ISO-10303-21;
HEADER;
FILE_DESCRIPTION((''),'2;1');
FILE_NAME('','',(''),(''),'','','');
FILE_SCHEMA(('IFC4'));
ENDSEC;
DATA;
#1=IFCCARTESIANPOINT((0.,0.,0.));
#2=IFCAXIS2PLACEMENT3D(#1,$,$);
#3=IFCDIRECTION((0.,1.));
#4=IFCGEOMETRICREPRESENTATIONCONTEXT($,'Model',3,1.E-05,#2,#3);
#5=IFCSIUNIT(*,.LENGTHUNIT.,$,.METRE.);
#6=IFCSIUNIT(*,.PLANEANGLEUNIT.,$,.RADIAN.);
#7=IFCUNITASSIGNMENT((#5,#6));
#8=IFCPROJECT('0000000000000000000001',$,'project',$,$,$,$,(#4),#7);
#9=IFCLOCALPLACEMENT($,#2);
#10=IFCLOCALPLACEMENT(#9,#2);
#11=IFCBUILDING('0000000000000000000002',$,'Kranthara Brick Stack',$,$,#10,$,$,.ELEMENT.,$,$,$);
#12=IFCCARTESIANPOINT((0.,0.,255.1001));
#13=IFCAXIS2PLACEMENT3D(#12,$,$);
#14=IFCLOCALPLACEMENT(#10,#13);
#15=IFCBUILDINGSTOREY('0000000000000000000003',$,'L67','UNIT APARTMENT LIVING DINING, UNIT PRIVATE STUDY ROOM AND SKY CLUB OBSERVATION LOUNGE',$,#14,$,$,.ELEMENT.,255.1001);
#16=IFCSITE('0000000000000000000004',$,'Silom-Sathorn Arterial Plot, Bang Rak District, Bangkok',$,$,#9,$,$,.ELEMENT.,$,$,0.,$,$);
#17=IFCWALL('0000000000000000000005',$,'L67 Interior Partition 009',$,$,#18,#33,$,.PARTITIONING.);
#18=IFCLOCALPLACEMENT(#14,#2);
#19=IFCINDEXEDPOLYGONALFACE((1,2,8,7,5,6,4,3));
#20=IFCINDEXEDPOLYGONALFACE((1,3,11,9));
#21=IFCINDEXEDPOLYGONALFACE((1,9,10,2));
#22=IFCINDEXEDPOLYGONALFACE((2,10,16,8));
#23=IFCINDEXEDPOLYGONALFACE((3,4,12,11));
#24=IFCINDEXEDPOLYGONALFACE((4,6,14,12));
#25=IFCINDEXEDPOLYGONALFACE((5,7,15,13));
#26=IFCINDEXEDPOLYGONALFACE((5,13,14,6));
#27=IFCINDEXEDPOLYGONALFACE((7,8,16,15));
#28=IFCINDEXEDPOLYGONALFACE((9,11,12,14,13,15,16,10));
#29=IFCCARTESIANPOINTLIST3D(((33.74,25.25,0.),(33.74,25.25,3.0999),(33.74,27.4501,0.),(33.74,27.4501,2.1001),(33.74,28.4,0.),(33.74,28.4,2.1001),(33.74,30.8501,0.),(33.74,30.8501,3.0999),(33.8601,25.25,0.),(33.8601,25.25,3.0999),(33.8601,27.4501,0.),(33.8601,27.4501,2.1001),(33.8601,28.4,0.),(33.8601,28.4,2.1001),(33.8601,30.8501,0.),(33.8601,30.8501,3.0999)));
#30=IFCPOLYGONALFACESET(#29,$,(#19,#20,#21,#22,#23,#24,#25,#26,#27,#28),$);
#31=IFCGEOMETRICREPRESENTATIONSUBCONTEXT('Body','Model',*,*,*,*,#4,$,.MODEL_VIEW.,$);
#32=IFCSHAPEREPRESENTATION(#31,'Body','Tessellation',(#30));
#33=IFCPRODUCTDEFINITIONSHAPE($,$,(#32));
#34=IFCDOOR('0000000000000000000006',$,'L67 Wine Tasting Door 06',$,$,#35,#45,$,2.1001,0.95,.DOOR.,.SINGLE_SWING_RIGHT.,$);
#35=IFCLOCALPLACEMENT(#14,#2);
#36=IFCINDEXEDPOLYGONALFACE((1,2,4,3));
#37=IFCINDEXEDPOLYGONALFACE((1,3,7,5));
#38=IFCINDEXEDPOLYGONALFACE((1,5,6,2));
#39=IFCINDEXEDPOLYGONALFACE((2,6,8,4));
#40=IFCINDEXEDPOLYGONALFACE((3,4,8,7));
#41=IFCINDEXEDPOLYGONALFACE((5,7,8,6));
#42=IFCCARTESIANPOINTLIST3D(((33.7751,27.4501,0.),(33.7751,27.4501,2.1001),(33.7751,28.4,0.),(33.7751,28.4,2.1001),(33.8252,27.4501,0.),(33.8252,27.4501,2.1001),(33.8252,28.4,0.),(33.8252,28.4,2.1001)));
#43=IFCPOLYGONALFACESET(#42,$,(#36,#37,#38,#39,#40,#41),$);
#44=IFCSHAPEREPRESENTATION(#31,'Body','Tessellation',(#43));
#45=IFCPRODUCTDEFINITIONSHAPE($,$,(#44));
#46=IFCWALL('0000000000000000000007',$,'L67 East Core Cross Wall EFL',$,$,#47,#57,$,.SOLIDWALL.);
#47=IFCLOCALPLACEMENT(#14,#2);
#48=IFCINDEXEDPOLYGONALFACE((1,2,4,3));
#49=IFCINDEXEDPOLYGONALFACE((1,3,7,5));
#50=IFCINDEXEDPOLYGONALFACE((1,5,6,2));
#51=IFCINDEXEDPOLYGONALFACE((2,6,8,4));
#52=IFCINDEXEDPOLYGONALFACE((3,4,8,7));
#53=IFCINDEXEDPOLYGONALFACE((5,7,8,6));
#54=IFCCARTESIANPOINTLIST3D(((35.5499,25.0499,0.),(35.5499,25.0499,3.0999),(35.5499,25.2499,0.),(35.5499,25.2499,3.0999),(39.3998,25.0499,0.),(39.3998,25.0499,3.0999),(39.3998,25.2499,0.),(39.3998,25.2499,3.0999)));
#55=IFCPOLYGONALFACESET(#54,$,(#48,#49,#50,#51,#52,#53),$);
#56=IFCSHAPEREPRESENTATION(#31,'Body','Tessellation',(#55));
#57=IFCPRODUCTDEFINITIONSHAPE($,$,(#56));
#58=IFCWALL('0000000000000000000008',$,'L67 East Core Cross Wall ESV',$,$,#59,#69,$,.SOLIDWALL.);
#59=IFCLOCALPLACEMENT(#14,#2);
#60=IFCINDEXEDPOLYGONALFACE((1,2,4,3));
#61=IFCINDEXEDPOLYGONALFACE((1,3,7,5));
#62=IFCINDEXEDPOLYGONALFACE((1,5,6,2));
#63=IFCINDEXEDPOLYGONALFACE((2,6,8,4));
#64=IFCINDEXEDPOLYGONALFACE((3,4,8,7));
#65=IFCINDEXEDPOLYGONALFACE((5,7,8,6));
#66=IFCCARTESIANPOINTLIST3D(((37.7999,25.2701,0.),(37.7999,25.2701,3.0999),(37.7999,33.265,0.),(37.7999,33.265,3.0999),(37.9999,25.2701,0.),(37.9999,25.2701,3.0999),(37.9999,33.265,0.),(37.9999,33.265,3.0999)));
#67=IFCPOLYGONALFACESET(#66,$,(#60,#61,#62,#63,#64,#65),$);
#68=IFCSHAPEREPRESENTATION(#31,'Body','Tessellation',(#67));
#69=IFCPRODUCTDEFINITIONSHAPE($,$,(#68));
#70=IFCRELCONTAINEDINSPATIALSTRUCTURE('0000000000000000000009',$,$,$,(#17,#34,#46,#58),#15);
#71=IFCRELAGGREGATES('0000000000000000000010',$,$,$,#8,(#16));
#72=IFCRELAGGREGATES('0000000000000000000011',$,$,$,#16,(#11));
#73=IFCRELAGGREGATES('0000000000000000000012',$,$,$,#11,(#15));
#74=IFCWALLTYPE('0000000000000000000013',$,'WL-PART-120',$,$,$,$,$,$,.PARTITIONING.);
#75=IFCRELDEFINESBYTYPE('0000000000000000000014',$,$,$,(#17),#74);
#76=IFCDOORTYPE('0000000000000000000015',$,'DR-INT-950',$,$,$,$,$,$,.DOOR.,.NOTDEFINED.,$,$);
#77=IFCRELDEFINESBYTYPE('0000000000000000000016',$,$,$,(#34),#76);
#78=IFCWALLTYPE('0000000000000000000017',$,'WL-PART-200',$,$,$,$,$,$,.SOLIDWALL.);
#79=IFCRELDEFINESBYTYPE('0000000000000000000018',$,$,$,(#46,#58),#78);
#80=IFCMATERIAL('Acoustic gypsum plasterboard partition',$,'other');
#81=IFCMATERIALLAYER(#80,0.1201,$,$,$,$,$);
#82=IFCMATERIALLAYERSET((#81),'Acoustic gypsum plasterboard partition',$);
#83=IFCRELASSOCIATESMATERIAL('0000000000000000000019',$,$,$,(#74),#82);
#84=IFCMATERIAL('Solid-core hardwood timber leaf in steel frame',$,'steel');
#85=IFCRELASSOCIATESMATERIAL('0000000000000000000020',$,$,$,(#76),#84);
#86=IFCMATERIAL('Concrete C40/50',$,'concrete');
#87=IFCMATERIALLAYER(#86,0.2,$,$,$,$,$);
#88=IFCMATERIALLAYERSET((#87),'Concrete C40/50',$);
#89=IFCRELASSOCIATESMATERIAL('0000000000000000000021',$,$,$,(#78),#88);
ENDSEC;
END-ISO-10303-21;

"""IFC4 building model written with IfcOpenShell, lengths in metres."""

from ifc_helpers import new_model, si_unit, direction, frame, frame_2d, origin, place, context, subcontext, project, spatial, rectangle, extrude, material, layer, layer_set, type_object, element, fill, save


model = new_model("IFC4")

# Units and contexts
model_context = context("Model", 3, precision=1e-05, world=origin(), true_north=direction((0.0, 1.0)))
body_context = subcontext(model_context, "Body", "Model", "MODEL_VIEW")
ifc_project = project(units=[si_unit("LENGTHUNIT", "METRE"), si_unit("PLANEANGLEUNIT", "RADIAN")], contexts=[model_context])

# Site, building, storey
site_placement = place(None, origin())
site = spatial("IfcSite", under=ifc_project, at=site_placement, Name="Silom-Sathorn Arterial Plot, Bang Rak District, Bangkok", CompositionType="ELEMENT", RefElevation=0.0)
building_placement = place(site_placement, origin())
building = spatial("IfcBuilding", under=site, at=building_placement, Name="Kranthara Brick Stack", CompositionType="ELEMENT")
storey_placement = place(building_placement, frame((0.0, 0.0, 255.1001)))
storey = spatial("IfcBuildingStorey", under=building, at=storey_placement, Name="L67", Description="UNIT APARTMENT LIVING DINING, UNIT PRIVATE STUDY ROOM AND SKY CLUB OBSERVATION LOUNGE", CompositionType="ELEMENT", Elevation=255.1001)

# Wall, opening, door
ifc_material_1 = material(Name="Acoustic gypsum plasterboard partition", Category="other")
ifc_layer_1 = layer(ifc_material_1, 0.1201)
ifc_layer_set_1 = layer_set([ifc_layer_1], Name="Acoustic gypsum plasterboard partition")
wall_type_1 = type_object("IfcWallType", Name="WL-PART-120", PredefinedType="PARTITIONING", material=ifc_layer_set_1)
wall_1_placement = place(storey_placement, frame((33.8, 25.25, 0.0), z_axis=(0.0, 0.0, 1.0), x_axis=(0.0, 1.0, 0.0)))
wall_1 = element("IfcWall", 1, at=wall_1_placement, inside=storey, type_object=wall_type_1, Name="L67 Interior Partition 009", PredefinedType="PARTITIONING", context=body_context, shape_type="SweptSolid", body=[
    extrude(rectangle(XDim=5.6001, YDim=0.1201, at=frame_2d((2.8, 0.0))), origin(), (0.0, 0.0, 1.0), 3.0999),
])
opening_1_placement = place(wall_1_placement, frame((2.2, 0.0, 0.0)))
opening_1 = element("IfcOpeningElement", 2, at=opening_1_placement, cuts=wall_1, PredefinedType="OPENING", context=body_context, shape_type="SweptSolid", body=[
    extrude(rectangle(XDim=0.95, YDim=2.1001, at=frame_2d((0.4751, 1.05))), frame((0.0, 0.0701, 0.0), z_axis=(0.0, -1.0, 0.0), x_axis=(1.0, 0.0, 0.0)), (0.0, 0.0, 1.0), 0.1401),
])
ifc_material_2 = material(Name="Solid-core hardwood timber leaf in steel frame", Category="steel")
door_type_1 = type_object("IfcDoorType", Name="DR-INT-950", OperationType="NOTDEFINED", PredefinedType="DOOR", material=ifc_material_2)
door_1_placement = place(opening_1_placement, origin())
door_1 = element("IfcDoor", 3, at=door_1_placement, inside=storey, type_object=door_type_1, Name="L67 Wine Tasting Door 06", OperationType="SINGLE_SWING_RIGHT", OverallHeight=2.1001, OverallWidth=0.95, PredefinedType="DOOR", context=body_context, shape_type="SweptSolid", body=[
    extrude(rectangle(XDim=0.95, YDim=2.1001, at=frame_2d((0.4751, 1.05))), frame((0.0, 0.0249, 0.0), z_axis=(0.0, -1.0, 0.0), x_axis=(1.0, 0.0, 0.0)), (0.0, 0.0, 1.0), 0.05),
])
fill(opening_1, door_1)

# Walls
ifc_material_3 = material(Name="Concrete C40/50", Category="concrete")
ifc_layer_2 = layer(ifc_material_3, 0.2)
ifc_layer_set_2 = layer_set([ifc_layer_2], Name="Concrete C40/50")
wall_type_2 = type_object("IfcWallType", Name="WL-PART-200", PredefinedType="SOLIDWALL", material=ifc_layer_set_2)
wall_2_placement = place(storey_placement, frame((35.55, 25.1499, 0.0), z_axis=(0.0, 0.0, 1.0), x_axis=(1.0, 0.0, 0.0)))
element("IfcWall", 4, at=wall_2_placement, inside=storey, type_object=wall_type_2, Name="L67 East Core Cross Wall EFL", PredefinedType="SOLIDWALL", context=body_context, shape_type="SweptSolid", body=[
    extrude(rectangle(XDim=3.8499, YDim=0.2, at=frame_2d((1.9248, 0.0))), origin(), (0.0, 0.0, 1.0), 3.0999),
])
wall_3_placement = place(storey_placement, frame((37.8999, 25.27, 0.0), z_axis=(0.0, 0.0, 1.0), x_axis=(0.0, 1.0, 0.0)))
element("IfcWall", 5, at=wall_3_placement, inside=storey, type_object=wall_type_2, Name="L67 East Core Cross Wall ESV", PredefinedType="SOLIDWALL", context=body_context, shape_type="SweptSolid", body=[
    extrude(rectangle(XDim=7.9949, YDim=0.2, at=frame_2d((3.9976, 0.0))), origin(), (0.0, 0.0, 1.0), 3.0999),
])

save(model, "model.ifc")
